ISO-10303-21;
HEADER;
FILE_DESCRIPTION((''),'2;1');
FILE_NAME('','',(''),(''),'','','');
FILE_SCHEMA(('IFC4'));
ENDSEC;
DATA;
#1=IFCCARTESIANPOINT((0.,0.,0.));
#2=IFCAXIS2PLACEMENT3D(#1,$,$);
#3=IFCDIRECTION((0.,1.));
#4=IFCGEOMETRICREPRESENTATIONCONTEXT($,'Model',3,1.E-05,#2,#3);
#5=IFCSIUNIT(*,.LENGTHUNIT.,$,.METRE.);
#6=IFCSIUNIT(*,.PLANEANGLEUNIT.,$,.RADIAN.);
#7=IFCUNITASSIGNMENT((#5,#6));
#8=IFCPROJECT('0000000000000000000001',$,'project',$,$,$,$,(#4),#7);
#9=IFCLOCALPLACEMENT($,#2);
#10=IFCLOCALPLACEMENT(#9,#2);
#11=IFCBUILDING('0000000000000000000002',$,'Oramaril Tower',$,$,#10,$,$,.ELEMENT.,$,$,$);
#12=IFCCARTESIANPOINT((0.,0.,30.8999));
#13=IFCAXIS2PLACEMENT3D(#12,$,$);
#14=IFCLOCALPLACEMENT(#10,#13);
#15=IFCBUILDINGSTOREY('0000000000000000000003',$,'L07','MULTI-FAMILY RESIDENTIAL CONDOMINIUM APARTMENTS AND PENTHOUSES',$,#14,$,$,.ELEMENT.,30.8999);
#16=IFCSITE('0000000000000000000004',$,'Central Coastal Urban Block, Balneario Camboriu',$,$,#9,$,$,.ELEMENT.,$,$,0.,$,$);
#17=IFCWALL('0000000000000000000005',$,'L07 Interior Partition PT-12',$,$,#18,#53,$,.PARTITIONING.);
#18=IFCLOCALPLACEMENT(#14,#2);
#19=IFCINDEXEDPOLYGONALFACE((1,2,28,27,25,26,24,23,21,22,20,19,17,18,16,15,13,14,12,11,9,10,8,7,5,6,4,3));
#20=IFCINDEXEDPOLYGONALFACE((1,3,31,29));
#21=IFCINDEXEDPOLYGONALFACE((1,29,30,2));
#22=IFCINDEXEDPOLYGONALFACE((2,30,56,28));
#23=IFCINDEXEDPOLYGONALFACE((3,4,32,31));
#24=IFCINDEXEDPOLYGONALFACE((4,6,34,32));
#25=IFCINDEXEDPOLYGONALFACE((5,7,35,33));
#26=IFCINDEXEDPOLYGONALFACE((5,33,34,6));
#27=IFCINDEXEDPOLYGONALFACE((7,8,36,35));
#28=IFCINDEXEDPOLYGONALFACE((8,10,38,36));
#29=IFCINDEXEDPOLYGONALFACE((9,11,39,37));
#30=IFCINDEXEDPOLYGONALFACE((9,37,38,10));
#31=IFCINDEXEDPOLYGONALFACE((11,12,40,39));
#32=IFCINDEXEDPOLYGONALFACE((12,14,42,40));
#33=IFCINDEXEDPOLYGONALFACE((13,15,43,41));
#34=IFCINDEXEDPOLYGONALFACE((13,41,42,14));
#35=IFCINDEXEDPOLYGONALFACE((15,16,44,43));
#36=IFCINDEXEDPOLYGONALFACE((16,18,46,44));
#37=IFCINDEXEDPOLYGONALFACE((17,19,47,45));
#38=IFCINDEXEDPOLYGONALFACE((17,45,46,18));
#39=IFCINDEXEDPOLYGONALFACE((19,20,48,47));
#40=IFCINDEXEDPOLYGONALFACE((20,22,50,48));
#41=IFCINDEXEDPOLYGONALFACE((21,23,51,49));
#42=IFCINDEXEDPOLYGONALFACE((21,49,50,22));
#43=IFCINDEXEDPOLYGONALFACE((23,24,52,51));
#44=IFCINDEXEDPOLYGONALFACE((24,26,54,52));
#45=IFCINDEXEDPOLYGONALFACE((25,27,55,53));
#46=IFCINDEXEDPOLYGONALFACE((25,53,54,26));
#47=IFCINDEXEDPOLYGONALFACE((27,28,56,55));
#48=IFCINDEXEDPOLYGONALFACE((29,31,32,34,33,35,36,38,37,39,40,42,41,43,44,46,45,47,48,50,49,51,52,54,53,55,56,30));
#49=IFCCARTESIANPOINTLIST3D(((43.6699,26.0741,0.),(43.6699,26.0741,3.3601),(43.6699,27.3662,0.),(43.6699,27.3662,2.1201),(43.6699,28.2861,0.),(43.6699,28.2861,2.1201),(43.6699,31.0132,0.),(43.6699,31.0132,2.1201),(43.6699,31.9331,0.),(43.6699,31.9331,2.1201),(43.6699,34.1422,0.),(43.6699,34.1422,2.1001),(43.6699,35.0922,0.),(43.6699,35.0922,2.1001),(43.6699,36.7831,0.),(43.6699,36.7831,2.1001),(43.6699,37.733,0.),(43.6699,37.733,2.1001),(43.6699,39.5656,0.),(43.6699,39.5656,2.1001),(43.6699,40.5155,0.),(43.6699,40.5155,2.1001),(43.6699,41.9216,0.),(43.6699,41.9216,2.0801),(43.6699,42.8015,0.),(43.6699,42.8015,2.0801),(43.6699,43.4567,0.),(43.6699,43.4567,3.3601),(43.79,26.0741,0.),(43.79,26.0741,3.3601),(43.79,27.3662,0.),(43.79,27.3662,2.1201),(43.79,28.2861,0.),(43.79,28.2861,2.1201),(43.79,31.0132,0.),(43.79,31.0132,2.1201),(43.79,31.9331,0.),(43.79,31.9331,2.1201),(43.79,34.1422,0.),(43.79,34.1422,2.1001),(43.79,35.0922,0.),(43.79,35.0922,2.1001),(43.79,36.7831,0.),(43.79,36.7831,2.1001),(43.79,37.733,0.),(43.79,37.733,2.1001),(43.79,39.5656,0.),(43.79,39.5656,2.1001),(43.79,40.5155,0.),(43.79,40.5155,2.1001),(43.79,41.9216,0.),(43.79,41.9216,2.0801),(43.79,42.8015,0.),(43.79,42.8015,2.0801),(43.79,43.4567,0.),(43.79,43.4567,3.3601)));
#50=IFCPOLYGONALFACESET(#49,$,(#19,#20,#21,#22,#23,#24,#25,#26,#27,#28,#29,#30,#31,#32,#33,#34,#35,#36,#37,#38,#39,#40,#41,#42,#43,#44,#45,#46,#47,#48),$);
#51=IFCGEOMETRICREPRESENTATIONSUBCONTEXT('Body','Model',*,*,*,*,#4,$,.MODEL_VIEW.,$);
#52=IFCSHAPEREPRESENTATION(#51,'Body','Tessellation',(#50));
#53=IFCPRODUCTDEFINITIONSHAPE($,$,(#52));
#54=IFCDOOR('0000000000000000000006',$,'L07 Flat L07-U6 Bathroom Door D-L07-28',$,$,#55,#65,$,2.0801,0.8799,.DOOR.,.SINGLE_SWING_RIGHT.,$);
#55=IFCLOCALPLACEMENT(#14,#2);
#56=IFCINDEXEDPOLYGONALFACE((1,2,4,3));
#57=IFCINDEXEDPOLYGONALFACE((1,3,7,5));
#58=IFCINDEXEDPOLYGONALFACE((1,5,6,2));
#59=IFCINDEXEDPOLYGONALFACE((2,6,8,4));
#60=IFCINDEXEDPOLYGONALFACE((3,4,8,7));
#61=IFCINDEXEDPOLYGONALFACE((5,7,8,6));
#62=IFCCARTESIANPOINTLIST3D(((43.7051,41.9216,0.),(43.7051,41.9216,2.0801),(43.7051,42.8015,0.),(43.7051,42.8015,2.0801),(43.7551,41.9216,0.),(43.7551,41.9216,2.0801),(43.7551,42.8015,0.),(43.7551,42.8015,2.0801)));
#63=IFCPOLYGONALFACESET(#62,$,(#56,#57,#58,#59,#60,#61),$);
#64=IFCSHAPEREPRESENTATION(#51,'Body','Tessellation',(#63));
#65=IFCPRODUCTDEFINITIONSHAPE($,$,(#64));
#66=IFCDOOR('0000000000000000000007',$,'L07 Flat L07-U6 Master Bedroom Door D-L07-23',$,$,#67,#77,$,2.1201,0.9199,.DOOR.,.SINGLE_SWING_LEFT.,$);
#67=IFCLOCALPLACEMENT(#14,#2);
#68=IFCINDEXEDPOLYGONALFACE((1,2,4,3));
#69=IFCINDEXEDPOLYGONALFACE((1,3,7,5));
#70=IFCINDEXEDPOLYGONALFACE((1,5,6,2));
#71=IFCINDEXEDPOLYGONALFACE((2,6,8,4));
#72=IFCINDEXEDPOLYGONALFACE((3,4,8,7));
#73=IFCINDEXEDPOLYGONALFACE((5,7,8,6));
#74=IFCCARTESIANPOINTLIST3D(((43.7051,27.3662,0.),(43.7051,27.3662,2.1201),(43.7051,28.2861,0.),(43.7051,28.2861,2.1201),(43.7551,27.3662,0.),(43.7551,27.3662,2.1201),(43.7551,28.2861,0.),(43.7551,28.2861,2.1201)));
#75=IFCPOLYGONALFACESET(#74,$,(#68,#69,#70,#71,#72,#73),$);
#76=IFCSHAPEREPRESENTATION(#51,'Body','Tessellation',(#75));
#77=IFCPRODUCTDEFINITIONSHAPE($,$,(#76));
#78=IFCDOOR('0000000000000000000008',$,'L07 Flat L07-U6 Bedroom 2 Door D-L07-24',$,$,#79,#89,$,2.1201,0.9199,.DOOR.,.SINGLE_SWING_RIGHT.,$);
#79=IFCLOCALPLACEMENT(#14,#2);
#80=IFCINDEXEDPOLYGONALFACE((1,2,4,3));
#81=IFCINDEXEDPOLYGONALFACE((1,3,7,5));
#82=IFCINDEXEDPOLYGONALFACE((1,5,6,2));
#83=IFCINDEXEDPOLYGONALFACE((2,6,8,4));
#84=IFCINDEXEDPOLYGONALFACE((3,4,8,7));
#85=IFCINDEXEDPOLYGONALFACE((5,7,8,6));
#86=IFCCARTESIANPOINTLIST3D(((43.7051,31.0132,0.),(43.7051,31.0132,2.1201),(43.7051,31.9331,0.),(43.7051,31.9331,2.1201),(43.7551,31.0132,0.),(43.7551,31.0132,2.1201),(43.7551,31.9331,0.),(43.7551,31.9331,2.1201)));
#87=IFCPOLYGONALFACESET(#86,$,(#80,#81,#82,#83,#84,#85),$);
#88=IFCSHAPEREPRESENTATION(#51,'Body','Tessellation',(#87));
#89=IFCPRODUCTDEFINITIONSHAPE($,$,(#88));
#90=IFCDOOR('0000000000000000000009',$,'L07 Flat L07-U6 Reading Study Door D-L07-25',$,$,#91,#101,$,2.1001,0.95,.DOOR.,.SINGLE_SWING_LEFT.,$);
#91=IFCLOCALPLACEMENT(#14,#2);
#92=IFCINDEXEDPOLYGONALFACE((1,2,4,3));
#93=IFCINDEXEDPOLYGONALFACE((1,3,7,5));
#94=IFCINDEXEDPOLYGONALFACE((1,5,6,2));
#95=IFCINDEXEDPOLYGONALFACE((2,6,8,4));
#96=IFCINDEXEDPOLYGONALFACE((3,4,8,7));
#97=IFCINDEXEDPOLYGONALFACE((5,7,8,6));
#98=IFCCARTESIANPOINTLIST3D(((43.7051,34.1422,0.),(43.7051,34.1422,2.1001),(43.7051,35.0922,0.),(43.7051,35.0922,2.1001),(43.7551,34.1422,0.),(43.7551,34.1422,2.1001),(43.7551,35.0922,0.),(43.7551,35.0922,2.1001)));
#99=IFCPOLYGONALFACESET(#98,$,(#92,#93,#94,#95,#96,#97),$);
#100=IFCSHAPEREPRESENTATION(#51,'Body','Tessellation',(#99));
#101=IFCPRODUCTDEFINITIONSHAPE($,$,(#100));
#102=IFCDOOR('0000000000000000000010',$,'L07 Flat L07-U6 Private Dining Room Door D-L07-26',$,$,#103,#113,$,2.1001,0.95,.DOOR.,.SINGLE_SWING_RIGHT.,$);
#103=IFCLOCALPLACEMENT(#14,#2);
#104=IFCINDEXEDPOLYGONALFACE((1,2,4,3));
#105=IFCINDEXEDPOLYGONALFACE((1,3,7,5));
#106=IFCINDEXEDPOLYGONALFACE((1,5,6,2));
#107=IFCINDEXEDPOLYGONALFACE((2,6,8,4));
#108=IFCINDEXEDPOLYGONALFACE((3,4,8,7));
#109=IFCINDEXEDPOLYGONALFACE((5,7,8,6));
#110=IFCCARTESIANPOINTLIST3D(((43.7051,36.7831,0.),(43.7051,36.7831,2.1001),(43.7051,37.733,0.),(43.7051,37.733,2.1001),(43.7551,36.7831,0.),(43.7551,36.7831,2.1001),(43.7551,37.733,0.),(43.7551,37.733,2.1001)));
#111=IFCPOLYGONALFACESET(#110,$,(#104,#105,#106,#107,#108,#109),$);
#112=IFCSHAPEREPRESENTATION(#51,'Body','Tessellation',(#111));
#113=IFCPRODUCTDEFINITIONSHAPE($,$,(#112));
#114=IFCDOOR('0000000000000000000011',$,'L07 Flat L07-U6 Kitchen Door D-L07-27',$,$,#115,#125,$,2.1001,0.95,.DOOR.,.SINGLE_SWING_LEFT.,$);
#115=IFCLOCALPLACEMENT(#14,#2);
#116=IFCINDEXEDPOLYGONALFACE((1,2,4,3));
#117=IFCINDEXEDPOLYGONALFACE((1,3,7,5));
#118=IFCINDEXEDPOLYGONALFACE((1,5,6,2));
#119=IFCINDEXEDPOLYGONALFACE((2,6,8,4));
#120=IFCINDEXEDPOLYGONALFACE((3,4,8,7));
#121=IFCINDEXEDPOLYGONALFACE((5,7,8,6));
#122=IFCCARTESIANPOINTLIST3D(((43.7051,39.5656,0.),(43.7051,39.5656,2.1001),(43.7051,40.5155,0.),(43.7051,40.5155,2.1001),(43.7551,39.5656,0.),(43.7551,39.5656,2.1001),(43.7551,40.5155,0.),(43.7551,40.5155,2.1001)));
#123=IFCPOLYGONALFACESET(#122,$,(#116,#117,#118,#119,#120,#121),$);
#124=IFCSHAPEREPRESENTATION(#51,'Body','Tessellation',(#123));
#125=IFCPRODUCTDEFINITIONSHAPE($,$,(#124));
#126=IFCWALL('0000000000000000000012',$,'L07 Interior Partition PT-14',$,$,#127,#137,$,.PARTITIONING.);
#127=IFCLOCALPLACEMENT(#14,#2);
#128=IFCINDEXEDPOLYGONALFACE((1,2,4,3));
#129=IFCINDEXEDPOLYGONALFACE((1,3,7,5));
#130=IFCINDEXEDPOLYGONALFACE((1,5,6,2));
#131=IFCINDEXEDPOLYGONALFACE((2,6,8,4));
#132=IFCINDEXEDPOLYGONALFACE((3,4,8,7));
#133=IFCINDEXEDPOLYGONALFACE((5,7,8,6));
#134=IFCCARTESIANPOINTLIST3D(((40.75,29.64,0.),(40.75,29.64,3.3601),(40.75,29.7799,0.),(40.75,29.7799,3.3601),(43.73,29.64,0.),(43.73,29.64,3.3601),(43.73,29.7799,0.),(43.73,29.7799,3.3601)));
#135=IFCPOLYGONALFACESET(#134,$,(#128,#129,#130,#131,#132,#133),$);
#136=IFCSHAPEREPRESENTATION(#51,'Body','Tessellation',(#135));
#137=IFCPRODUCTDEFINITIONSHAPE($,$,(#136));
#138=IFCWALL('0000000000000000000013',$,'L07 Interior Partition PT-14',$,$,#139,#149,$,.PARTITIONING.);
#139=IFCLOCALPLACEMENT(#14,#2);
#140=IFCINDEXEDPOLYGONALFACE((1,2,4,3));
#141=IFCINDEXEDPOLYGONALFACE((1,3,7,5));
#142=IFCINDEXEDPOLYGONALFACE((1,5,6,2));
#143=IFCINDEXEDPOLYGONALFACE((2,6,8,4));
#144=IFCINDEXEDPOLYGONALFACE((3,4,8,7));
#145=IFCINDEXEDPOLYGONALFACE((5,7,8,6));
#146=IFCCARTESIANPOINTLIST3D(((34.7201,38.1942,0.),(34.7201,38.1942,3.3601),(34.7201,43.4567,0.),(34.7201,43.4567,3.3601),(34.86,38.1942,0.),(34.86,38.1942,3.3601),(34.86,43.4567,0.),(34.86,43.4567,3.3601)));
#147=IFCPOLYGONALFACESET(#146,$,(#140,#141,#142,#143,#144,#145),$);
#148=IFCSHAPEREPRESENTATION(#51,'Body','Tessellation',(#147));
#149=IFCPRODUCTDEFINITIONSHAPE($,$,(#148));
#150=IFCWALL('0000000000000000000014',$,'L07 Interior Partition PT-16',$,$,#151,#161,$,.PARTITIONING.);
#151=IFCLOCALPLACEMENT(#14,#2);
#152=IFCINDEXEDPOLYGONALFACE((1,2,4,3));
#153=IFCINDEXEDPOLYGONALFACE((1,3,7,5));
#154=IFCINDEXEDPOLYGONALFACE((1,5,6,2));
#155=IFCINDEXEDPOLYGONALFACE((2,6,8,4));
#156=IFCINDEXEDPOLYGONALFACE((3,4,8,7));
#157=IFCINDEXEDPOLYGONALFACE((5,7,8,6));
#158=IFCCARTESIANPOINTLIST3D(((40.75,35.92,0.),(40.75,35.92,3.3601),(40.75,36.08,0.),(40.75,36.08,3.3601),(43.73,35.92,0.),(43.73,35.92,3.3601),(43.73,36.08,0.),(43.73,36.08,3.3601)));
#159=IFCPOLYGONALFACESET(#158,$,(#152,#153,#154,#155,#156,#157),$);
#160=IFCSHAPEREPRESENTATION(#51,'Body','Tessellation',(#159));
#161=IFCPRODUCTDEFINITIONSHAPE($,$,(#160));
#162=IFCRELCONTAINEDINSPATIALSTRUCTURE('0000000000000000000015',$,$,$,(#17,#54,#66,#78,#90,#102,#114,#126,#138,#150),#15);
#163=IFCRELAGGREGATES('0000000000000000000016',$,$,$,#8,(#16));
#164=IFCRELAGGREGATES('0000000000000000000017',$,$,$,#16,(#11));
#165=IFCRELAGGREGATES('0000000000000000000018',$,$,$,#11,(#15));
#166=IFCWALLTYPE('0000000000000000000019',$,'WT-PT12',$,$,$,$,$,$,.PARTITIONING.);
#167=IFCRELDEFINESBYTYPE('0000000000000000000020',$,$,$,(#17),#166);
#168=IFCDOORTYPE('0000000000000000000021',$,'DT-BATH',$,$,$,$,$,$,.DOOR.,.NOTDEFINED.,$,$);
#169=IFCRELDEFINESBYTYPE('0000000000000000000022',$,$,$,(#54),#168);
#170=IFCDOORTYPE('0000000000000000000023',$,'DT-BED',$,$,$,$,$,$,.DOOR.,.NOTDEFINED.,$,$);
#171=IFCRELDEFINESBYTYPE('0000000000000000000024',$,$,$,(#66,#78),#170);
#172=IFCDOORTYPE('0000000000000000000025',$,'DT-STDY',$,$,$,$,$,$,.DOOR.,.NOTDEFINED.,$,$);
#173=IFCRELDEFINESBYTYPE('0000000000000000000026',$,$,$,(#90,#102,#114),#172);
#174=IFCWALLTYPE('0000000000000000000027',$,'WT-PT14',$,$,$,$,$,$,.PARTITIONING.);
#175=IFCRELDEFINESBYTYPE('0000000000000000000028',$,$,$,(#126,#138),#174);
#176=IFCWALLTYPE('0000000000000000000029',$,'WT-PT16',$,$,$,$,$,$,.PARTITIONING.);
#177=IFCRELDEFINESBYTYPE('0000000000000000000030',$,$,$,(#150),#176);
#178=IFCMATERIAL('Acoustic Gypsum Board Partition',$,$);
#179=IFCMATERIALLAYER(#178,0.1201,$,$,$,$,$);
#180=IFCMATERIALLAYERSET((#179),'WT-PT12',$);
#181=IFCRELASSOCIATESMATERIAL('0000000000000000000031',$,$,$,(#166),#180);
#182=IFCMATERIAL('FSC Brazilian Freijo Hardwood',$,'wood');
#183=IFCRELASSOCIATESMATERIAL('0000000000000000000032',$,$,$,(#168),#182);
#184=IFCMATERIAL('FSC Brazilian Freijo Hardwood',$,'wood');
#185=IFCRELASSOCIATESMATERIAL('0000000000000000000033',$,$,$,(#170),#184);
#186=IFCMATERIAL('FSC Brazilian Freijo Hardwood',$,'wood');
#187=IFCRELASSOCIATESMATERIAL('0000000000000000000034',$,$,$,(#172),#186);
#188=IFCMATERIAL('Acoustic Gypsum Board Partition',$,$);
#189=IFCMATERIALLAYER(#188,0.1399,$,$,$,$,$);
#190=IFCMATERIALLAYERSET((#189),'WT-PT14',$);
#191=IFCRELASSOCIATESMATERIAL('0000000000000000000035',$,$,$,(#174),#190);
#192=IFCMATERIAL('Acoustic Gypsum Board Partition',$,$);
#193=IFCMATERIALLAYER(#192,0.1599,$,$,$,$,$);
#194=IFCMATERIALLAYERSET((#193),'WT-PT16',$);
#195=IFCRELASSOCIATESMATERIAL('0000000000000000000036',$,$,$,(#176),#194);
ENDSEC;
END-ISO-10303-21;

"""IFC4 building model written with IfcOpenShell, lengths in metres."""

from ifc_helpers import new_model, si_unit, direction, frame, frame_2d, origin, place, context, subcontext, project, spatial, rectangle, extrude, material, layer, layer_set, type_object, element, fill, save


model = new_model("IFC4")

# Units and contexts
model_context = context("Model", 3, precision=1e-05, world=origin(), true_north=direction((0.0, 1.0)))
body_context = subcontext(model_context, "Body", "Model", "MODEL_VIEW")
ifc_project = project(units=[si_unit("LENGTHUNIT", "METRE"), si_unit("PLANEANGLEUNIT", "RADIAN")], contexts=[model_context])

# Site, building, storey
site_placement = place(None, origin())
site = spatial("IfcSite", under=ifc_project, at=site_placement, Name="Central Coastal Urban Block, Balneario Camboriu", CompositionType="ELEMENT", RefElevation=0.0)
building_placement = place(site_placement, origin())
building = spatial("IfcBuilding", under=site, at=building_placement, Name="Oramaril Tower", CompositionType="ELEMENT")
storey_placement = place(building_placement, frame((0.0, 0.0, 30.8999)))
storey = spatial("IfcBuildingStorey", under=building, at=storey_placement, Name="L07", Description="MULTI-FAMILY RESIDENTIAL CONDOMINIUM APARTMENTS AND PENTHOUSES", CompositionType="ELEMENT", Elevation=30.8999)

# Shared definitions
ifc_material_1 = material(Name="Acoustic Gypsum Board Partition")
ifc_layer_1 = layer(ifc_material_1, 0.1201)
ifc_layer_set_1 = layer_set([ifc_layer_1], Name="WT-PT12")
wall_type_1 = type_object("IfcWallType", Name="WT-PT12", PredefinedType="PARTITIONING", material=ifc_layer_set_1)

# Wall, openings, doors
wall_1_placement = place(storey_placement, frame((43.73, 26.074, 0.0), z_axis=(0.0, 0.0, 1.0), x_axis=(0.0, 1.0, 0.0)))
wall_1 = element("IfcWall", 1, at=wall_1_placement, inside=storey, type_object=wall_type_1, Name="L07 Interior Partition PT-12", PredefinedType="PARTITIONING", context=body_context, shape_type="SweptSolid", body=[
    extrude(rectangle(XDim=17.3826, YDim=0.1201, at=frame_2d((8.6914, 0.0))), origin(), (0.0, 0.0, 1.0), 3.3601),
])
opening_1_placement = place(wall_1_placement, frame((1.2922, 0.0, 0.0)))
opening_1 = element("IfcOpeningElement", 2, at=opening_1_placement, cuts=wall_1, PredefinedType="OPENING", context=body_context, shape_type="SweptSolid", body=[
    extrude(rectangle(XDim=0.9199, YDim=2.1201, at=frame_2d((0.46, 1.0601))), frame((0.0, 0.0601, 0.0), z_axis=(0.0, -1.0, 0.0), x_axis=(1.0, 0.0, 0.0)), (0.0, 0.0, 1.0), 0.1201),
])
opening_2_placement = place(wall_1_placement, frame((4.9392, 0.0, 0.0)))
opening_2 = element("IfcOpeningElement", 3, at=opening_2_placement, cuts=wall_1, PredefinedType="OPENING", context=body_context, shape_type="SweptSolid", body=[
    extrude(rectangle(XDim=0.9199, YDim=2.1201, at=frame_2d((0.46, 1.0601))), frame((0.0, 0.0601, 0.0), z_axis=(0.0, -1.0, 0.0), x_axis=(1.0, 0.0, 0.0)), (0.0, 0.0, 1.0), 0.1201),
])
opening_3_placement = place(wall_1_placement, frame((8.0681, 0.0, 0.0)))
opening_3 = element("IfcOpeningElement", 4, at=opening_3_placement, cuts=wall_1, PredefinedType="OPENING", context=body_context, shape_type="SweptSolid", body=[
    extrude(rectangle(XDim=0.95, YDim=2.1001, at=frame_2d((0.4751, 1.05))), frame((0.0, 0.0601, 0.0), z_axis=(0.0, -1.0, 0.0), x_axis=(1.0, 0.0, 0.0)), (0.0, 0.0, 1.0), 0.1201),
])
opening_4_placement = place(wall_1_placement, frame((10.709, 0.0, 0.0)))
opening_4 = element("IfcOpeningElement", 5, at=opening_4_placement, cuts=wall_1, PredefinedType="OPENING", context=body_context, shape_type="SweptSolid", body=[
    extrude(rectangle(XDim=0.95, YDim=2.1001, at=frame_2d((0.4751, 1.05))), frame((0.0, 0.0601, 0.0), z_axis=(0.0, -1.0, 0.0), x_axis=(1.0, 0.0, 0.0)), (0.0, 0.0, 1.0), 0.1201),
])
opening_5_placement = place(wall_1_placement, frame((13.4915, 0.0, 0.0)))
opening_5 = element("IfcOpeningElement", 6, at=opening_5_placement, cuts=wall_1, PredefinedType="OPENING", context=body_context, shape_type="SweptSolid", body=[
    extrude(rectangle(XDim=0.95, YDim=2.1001, at=frame_2d((0.4751, 1.05))), frame((0.0, 0.0601, 0.0), z_axis=(0.0, -1.0, 0.0), x_axis=(1.0, 0.0, 0.0)), (0.0, 0.0, 1.0), 0.1201),
])
opening_6_placement = place(wall_1_placement, frame((15.8477, 0.0, 0.0)))
opening_6 = element("IfcOpeningElement", 7, at=opening_6_placement, cuts=wall_1, PredefinedType="OPENING", context=body_context, shape_type="SweptSolid", body=[
    extrude(rectangle(XDim=0.8799, YDim=2.0801, at=frame_2d((0.4399, 1.04))), frame((0.0, 0.0601, 0.0), z_axis=(0.0, -1.0, 0.0), x_axis=(1.0, 0.0, 0.0)), (0.0, 0.0, 1.0), 0.1201),
])
ifc_material_2 = material(Name="FSC Brazilian Freijo Hardwood", Category="wood")
door_type_1 = type_object("IfcDoorType", Name="DT-BATH", OperationType="NOTDEFINED", PredefinedType="DOOR", material=ifc_material_2)
door_1_placement = place(opening_6_placement, origin())
door_1 = element("IfcDoor", 8, at=door_1_placement, inside=storey, type_object=door_type_1, Name="L07 Flat L07-U6 Bathroom Door D-L07-28", OperationType="SINGLE_SWING_RIGHT", OverallHeight=2.0801, OverallWidth=0.8799, PredefinedType="DOOR", context=body_context, shape_type="SweptSolid", body=[
    extrude(rectangle(XDim=0.8799, YDim=2.0801, at=frame_2d((0.4399, 1.04))), frame((0.0, 0.0249, 0.0), z_axis=(0.0, -1.0, 0.0), x_axis=(1.0, 0.0, 0.0)), (0.0, 0.0, 1.0), 0.05),
])
fill(opening_6, door_1)
ifc_material_3 = material(Name="FSC Brazilian Freijo Hardwood", Category="wood")
door_type_2 = type_object("IfcDoorType", Name="DT-BED", OperationType="NOTDEFINED", PredefinedType="DOOR", material=ifc_material_3)
door_2_placement = place(opening_1_placement, origin())
door_2 = element("IfcDoor", 9, at=door_2_placement, inside=storey, type_object=door_type_2, Name="L07 Flat L07-U6 Master Bedroom Door D-L07-23", OperationType="SINGLE_SWING_LEFT", OverallHeight=2.1201, OverallWidth=0.9199, PredefinedType="DOOR", context=body_context, shape_type="SweptSolid", body=[
    extrude(rectangle(XDim=0.9199, YDim=2.1201, at=frame_2d((0.46, 1.0601))), frame((0.0, 0.0249, 0.0), z_axis=(0.0, -1.0, 0.0), x_axis=(1.0, 0.0, 0.0)), (0.0, 0.0, 1.0), 0.05),
])
fill(opening_1, door_2)
door_3_placement = place(opening_2_placement, origin())
door_3 = element("IfcDoor", 10, at=door_3_placement, inside=storey, type_object=door_type_2, Name="L07 Flat L07-U6 Bedroom 2 Door D-L07-24", OperationType="SINGLE_SWING_RIGHT", OverallHeight=2.1201, OverallWidth=0.9199, PredefinedType="DOOR", context=body_context, shape_type="SweptSolid", body=[
    extrude(rectangle(XDim=0.9199, YDim=2.1201, at=frame_2d((0.46, 1.0601))), frame((0.0, 0.0249, 0.0), z_axis=(0.0, -1.0, 0.0), x_axis=(1.0, 0.0, 0.0)), (0.0, 0.0, 1.0), 0.05),
])
fill(opening_2, door_3)
ifc_material_4 = material(Name="FSC Brazilian Freijo Hardwood", Category="wood")
door_type_3 = type_object("IfcDoorType", Name="DT-STDY", OperationType="NOTDEFINED", PredefinedType="DOOR", material=ifc_material_4)
door_4_placement = place(opening_3_placement, origin())
door_4 = element("IfcDoor", 11, at=door_4_placement, inside=storey, type_object=door_type_3, Name="L07 Flat L07-U6 Reading Study Door D-L07-25", OperationType="SINGLE_SWING_LEFT", OverallHeight=2.1001, OverallWidth=0.95, PredefinedType="DOOR", context=body_context, shape_type="SweptSolid", body=[
    extrude(rectangle(XDim=0.95, YDim=2.1001, at=frame_2d((0.4751, 1.05))), frame((0.0, 0.0249, 0.0), z_axis=(0.0, -1.0, 0.0), x_axis=(1.0, 0.0, 0.0)), (0.0, 0.0, 1.0), 0.05),
])
fill(opening_3, door_4)
door_5_placement = place(opening_4_placement, origin())
door_5 = element("IfcDoor", 12, at=door_5_placement, inside=storey, type_object=door_type_3, Name="L07 Flat L07-U6 Private Dining Room Door D-L07-26", OperationType="SINGLE_SWING_RIGHT", OverallHeight=2.1001, OverallWidth=0.95, PredefinedType="DOOR", context=body_context, shape_type="SweptSolid", body=[
    extrude(rectangle(XDim=0.95, YDim=2.1001, at=frame_2d((0.4751, 1.05))), frame((0.0, 0.0249, 0.0), z_axis=(0.0, -1.0, 0.0), x_axis=(1.0, 0.0, 0.0)), (0.0, 0.0, 1.0), 0.05),
])
fill(opening_4, door_5)
door_6_placement = place(opening_5_placement, origin())
door_6 = element("IfcDoor", 13, at=door_6_placement, inside=storey, type_object=door_type_3, Name="L07 Flat L07-U6 Kitchen Door D-L07-27", OperationType="SINGLE_SWING_LEFT", OverallHeight=2.1001, OverallWidth=0.95, PredefinedType="DOOR", context=body_context, shape_type="SweptSolid", body=[
    extrude(rectangle(XDim=0.95, YDim=2.1001, at=frame_2d((0.4751, 1.05))), frame((0.0, 0.0249, 0.0), z_axis=(0.0, -1.0, 0.0), x_axis=(1.0, 0.0, 0.0)), (0.0, 0.0, 1.0), 0.05),
])
fill(opening_5, door_6)

# Walls
ifc_material_5 = material(Name="Acoustic Gypsum Board Partition")
ifc_layer_2 = layer(ifc_material_5, 0.1399)
ifc_layer_set_2 = layer_set([ifc_layer_2], Name="WT-PT14")
wall_type_2 = type_object("IfcWallType", Name="WT-PT14", PredefinedType="PARTITIONING", material=ifc_layer_set_2)
wall_2_placement = place(storey_placement, frame((40.75, 29.71, 0.0), z_axis=(0.0, 0.0, 1.0), x_axis=(1.0, 0.0, 0.0)))
element("IfcWall", 14, at=wall_2_placement, inside=storey, type_object=wall_type_2, Name="L07 Interior Partition PT-14", PredefinedType="PARTITIONING", context=body_context, shape_type="SweptSolid", body=[
    extrude(rectangle(XDim=2.98, YDim=0.1399, at=frame_2d((1.49, 0.0))), origin(), (0.0, 0.0, 1.0), 3.3601),
])
wall_3_placement = place(storey_placement, frame((34.79, 38.1941, 0.0), z_axis=(0.0, 0.0, 1.0), x_axis=(0.0, 1.0, 0.0)))
element("IfcWall", 15, at=wall_3_placement, inside=storey, type_object=wall_type_2, Name="L07 Interior Partition PT-14", PredefinedType="PARTITIONING", context=body_context, shape_type="SweptSolid", body=[
    extrude(rectangle(XDim=5.2625, YDim=0.1399, at=frame_2d((2.6313, 0.0))), origin(), (0.0, 0.0, 1.0), 3.3601),
])
ifc_material_6 = material(Name="Acoustic Gypsum Board Partition")
ifc_layer_3 = layer(ifc_material_6, 0.1599)
ifc_layer_set_3 = layer_set([ifc_layer_3], Name="WT-PT16")
wall_type_3 = type_object("IfcWallType", Name="WT-PT16", PredefinedType="PARTITIONING", material=ifc_layer_set_3)
wall_4_placement = place(storey_placement, frame((40.75, 36.0, 0.0), z_axis=(0.0, 0.0, 1.0), x_axis=(1.0, 0.0, 0.0)))
element("IfcWall", 16, at=wall_4_placement, inside=storey, type_object=wall_type_3, Name="L07 Interior Partition PT-16", PredefinedType="PARTITIONING", context=body_context, shape_type="SweptSolid", body=[
    extrude(rectangle(XDim=2.98, YDim=0.1599, at=frame_2d((1.49, 0.0))), origin(), (0.0, 0.0, 1.0), 3.3601),
])

save(model, "model.ifc")
